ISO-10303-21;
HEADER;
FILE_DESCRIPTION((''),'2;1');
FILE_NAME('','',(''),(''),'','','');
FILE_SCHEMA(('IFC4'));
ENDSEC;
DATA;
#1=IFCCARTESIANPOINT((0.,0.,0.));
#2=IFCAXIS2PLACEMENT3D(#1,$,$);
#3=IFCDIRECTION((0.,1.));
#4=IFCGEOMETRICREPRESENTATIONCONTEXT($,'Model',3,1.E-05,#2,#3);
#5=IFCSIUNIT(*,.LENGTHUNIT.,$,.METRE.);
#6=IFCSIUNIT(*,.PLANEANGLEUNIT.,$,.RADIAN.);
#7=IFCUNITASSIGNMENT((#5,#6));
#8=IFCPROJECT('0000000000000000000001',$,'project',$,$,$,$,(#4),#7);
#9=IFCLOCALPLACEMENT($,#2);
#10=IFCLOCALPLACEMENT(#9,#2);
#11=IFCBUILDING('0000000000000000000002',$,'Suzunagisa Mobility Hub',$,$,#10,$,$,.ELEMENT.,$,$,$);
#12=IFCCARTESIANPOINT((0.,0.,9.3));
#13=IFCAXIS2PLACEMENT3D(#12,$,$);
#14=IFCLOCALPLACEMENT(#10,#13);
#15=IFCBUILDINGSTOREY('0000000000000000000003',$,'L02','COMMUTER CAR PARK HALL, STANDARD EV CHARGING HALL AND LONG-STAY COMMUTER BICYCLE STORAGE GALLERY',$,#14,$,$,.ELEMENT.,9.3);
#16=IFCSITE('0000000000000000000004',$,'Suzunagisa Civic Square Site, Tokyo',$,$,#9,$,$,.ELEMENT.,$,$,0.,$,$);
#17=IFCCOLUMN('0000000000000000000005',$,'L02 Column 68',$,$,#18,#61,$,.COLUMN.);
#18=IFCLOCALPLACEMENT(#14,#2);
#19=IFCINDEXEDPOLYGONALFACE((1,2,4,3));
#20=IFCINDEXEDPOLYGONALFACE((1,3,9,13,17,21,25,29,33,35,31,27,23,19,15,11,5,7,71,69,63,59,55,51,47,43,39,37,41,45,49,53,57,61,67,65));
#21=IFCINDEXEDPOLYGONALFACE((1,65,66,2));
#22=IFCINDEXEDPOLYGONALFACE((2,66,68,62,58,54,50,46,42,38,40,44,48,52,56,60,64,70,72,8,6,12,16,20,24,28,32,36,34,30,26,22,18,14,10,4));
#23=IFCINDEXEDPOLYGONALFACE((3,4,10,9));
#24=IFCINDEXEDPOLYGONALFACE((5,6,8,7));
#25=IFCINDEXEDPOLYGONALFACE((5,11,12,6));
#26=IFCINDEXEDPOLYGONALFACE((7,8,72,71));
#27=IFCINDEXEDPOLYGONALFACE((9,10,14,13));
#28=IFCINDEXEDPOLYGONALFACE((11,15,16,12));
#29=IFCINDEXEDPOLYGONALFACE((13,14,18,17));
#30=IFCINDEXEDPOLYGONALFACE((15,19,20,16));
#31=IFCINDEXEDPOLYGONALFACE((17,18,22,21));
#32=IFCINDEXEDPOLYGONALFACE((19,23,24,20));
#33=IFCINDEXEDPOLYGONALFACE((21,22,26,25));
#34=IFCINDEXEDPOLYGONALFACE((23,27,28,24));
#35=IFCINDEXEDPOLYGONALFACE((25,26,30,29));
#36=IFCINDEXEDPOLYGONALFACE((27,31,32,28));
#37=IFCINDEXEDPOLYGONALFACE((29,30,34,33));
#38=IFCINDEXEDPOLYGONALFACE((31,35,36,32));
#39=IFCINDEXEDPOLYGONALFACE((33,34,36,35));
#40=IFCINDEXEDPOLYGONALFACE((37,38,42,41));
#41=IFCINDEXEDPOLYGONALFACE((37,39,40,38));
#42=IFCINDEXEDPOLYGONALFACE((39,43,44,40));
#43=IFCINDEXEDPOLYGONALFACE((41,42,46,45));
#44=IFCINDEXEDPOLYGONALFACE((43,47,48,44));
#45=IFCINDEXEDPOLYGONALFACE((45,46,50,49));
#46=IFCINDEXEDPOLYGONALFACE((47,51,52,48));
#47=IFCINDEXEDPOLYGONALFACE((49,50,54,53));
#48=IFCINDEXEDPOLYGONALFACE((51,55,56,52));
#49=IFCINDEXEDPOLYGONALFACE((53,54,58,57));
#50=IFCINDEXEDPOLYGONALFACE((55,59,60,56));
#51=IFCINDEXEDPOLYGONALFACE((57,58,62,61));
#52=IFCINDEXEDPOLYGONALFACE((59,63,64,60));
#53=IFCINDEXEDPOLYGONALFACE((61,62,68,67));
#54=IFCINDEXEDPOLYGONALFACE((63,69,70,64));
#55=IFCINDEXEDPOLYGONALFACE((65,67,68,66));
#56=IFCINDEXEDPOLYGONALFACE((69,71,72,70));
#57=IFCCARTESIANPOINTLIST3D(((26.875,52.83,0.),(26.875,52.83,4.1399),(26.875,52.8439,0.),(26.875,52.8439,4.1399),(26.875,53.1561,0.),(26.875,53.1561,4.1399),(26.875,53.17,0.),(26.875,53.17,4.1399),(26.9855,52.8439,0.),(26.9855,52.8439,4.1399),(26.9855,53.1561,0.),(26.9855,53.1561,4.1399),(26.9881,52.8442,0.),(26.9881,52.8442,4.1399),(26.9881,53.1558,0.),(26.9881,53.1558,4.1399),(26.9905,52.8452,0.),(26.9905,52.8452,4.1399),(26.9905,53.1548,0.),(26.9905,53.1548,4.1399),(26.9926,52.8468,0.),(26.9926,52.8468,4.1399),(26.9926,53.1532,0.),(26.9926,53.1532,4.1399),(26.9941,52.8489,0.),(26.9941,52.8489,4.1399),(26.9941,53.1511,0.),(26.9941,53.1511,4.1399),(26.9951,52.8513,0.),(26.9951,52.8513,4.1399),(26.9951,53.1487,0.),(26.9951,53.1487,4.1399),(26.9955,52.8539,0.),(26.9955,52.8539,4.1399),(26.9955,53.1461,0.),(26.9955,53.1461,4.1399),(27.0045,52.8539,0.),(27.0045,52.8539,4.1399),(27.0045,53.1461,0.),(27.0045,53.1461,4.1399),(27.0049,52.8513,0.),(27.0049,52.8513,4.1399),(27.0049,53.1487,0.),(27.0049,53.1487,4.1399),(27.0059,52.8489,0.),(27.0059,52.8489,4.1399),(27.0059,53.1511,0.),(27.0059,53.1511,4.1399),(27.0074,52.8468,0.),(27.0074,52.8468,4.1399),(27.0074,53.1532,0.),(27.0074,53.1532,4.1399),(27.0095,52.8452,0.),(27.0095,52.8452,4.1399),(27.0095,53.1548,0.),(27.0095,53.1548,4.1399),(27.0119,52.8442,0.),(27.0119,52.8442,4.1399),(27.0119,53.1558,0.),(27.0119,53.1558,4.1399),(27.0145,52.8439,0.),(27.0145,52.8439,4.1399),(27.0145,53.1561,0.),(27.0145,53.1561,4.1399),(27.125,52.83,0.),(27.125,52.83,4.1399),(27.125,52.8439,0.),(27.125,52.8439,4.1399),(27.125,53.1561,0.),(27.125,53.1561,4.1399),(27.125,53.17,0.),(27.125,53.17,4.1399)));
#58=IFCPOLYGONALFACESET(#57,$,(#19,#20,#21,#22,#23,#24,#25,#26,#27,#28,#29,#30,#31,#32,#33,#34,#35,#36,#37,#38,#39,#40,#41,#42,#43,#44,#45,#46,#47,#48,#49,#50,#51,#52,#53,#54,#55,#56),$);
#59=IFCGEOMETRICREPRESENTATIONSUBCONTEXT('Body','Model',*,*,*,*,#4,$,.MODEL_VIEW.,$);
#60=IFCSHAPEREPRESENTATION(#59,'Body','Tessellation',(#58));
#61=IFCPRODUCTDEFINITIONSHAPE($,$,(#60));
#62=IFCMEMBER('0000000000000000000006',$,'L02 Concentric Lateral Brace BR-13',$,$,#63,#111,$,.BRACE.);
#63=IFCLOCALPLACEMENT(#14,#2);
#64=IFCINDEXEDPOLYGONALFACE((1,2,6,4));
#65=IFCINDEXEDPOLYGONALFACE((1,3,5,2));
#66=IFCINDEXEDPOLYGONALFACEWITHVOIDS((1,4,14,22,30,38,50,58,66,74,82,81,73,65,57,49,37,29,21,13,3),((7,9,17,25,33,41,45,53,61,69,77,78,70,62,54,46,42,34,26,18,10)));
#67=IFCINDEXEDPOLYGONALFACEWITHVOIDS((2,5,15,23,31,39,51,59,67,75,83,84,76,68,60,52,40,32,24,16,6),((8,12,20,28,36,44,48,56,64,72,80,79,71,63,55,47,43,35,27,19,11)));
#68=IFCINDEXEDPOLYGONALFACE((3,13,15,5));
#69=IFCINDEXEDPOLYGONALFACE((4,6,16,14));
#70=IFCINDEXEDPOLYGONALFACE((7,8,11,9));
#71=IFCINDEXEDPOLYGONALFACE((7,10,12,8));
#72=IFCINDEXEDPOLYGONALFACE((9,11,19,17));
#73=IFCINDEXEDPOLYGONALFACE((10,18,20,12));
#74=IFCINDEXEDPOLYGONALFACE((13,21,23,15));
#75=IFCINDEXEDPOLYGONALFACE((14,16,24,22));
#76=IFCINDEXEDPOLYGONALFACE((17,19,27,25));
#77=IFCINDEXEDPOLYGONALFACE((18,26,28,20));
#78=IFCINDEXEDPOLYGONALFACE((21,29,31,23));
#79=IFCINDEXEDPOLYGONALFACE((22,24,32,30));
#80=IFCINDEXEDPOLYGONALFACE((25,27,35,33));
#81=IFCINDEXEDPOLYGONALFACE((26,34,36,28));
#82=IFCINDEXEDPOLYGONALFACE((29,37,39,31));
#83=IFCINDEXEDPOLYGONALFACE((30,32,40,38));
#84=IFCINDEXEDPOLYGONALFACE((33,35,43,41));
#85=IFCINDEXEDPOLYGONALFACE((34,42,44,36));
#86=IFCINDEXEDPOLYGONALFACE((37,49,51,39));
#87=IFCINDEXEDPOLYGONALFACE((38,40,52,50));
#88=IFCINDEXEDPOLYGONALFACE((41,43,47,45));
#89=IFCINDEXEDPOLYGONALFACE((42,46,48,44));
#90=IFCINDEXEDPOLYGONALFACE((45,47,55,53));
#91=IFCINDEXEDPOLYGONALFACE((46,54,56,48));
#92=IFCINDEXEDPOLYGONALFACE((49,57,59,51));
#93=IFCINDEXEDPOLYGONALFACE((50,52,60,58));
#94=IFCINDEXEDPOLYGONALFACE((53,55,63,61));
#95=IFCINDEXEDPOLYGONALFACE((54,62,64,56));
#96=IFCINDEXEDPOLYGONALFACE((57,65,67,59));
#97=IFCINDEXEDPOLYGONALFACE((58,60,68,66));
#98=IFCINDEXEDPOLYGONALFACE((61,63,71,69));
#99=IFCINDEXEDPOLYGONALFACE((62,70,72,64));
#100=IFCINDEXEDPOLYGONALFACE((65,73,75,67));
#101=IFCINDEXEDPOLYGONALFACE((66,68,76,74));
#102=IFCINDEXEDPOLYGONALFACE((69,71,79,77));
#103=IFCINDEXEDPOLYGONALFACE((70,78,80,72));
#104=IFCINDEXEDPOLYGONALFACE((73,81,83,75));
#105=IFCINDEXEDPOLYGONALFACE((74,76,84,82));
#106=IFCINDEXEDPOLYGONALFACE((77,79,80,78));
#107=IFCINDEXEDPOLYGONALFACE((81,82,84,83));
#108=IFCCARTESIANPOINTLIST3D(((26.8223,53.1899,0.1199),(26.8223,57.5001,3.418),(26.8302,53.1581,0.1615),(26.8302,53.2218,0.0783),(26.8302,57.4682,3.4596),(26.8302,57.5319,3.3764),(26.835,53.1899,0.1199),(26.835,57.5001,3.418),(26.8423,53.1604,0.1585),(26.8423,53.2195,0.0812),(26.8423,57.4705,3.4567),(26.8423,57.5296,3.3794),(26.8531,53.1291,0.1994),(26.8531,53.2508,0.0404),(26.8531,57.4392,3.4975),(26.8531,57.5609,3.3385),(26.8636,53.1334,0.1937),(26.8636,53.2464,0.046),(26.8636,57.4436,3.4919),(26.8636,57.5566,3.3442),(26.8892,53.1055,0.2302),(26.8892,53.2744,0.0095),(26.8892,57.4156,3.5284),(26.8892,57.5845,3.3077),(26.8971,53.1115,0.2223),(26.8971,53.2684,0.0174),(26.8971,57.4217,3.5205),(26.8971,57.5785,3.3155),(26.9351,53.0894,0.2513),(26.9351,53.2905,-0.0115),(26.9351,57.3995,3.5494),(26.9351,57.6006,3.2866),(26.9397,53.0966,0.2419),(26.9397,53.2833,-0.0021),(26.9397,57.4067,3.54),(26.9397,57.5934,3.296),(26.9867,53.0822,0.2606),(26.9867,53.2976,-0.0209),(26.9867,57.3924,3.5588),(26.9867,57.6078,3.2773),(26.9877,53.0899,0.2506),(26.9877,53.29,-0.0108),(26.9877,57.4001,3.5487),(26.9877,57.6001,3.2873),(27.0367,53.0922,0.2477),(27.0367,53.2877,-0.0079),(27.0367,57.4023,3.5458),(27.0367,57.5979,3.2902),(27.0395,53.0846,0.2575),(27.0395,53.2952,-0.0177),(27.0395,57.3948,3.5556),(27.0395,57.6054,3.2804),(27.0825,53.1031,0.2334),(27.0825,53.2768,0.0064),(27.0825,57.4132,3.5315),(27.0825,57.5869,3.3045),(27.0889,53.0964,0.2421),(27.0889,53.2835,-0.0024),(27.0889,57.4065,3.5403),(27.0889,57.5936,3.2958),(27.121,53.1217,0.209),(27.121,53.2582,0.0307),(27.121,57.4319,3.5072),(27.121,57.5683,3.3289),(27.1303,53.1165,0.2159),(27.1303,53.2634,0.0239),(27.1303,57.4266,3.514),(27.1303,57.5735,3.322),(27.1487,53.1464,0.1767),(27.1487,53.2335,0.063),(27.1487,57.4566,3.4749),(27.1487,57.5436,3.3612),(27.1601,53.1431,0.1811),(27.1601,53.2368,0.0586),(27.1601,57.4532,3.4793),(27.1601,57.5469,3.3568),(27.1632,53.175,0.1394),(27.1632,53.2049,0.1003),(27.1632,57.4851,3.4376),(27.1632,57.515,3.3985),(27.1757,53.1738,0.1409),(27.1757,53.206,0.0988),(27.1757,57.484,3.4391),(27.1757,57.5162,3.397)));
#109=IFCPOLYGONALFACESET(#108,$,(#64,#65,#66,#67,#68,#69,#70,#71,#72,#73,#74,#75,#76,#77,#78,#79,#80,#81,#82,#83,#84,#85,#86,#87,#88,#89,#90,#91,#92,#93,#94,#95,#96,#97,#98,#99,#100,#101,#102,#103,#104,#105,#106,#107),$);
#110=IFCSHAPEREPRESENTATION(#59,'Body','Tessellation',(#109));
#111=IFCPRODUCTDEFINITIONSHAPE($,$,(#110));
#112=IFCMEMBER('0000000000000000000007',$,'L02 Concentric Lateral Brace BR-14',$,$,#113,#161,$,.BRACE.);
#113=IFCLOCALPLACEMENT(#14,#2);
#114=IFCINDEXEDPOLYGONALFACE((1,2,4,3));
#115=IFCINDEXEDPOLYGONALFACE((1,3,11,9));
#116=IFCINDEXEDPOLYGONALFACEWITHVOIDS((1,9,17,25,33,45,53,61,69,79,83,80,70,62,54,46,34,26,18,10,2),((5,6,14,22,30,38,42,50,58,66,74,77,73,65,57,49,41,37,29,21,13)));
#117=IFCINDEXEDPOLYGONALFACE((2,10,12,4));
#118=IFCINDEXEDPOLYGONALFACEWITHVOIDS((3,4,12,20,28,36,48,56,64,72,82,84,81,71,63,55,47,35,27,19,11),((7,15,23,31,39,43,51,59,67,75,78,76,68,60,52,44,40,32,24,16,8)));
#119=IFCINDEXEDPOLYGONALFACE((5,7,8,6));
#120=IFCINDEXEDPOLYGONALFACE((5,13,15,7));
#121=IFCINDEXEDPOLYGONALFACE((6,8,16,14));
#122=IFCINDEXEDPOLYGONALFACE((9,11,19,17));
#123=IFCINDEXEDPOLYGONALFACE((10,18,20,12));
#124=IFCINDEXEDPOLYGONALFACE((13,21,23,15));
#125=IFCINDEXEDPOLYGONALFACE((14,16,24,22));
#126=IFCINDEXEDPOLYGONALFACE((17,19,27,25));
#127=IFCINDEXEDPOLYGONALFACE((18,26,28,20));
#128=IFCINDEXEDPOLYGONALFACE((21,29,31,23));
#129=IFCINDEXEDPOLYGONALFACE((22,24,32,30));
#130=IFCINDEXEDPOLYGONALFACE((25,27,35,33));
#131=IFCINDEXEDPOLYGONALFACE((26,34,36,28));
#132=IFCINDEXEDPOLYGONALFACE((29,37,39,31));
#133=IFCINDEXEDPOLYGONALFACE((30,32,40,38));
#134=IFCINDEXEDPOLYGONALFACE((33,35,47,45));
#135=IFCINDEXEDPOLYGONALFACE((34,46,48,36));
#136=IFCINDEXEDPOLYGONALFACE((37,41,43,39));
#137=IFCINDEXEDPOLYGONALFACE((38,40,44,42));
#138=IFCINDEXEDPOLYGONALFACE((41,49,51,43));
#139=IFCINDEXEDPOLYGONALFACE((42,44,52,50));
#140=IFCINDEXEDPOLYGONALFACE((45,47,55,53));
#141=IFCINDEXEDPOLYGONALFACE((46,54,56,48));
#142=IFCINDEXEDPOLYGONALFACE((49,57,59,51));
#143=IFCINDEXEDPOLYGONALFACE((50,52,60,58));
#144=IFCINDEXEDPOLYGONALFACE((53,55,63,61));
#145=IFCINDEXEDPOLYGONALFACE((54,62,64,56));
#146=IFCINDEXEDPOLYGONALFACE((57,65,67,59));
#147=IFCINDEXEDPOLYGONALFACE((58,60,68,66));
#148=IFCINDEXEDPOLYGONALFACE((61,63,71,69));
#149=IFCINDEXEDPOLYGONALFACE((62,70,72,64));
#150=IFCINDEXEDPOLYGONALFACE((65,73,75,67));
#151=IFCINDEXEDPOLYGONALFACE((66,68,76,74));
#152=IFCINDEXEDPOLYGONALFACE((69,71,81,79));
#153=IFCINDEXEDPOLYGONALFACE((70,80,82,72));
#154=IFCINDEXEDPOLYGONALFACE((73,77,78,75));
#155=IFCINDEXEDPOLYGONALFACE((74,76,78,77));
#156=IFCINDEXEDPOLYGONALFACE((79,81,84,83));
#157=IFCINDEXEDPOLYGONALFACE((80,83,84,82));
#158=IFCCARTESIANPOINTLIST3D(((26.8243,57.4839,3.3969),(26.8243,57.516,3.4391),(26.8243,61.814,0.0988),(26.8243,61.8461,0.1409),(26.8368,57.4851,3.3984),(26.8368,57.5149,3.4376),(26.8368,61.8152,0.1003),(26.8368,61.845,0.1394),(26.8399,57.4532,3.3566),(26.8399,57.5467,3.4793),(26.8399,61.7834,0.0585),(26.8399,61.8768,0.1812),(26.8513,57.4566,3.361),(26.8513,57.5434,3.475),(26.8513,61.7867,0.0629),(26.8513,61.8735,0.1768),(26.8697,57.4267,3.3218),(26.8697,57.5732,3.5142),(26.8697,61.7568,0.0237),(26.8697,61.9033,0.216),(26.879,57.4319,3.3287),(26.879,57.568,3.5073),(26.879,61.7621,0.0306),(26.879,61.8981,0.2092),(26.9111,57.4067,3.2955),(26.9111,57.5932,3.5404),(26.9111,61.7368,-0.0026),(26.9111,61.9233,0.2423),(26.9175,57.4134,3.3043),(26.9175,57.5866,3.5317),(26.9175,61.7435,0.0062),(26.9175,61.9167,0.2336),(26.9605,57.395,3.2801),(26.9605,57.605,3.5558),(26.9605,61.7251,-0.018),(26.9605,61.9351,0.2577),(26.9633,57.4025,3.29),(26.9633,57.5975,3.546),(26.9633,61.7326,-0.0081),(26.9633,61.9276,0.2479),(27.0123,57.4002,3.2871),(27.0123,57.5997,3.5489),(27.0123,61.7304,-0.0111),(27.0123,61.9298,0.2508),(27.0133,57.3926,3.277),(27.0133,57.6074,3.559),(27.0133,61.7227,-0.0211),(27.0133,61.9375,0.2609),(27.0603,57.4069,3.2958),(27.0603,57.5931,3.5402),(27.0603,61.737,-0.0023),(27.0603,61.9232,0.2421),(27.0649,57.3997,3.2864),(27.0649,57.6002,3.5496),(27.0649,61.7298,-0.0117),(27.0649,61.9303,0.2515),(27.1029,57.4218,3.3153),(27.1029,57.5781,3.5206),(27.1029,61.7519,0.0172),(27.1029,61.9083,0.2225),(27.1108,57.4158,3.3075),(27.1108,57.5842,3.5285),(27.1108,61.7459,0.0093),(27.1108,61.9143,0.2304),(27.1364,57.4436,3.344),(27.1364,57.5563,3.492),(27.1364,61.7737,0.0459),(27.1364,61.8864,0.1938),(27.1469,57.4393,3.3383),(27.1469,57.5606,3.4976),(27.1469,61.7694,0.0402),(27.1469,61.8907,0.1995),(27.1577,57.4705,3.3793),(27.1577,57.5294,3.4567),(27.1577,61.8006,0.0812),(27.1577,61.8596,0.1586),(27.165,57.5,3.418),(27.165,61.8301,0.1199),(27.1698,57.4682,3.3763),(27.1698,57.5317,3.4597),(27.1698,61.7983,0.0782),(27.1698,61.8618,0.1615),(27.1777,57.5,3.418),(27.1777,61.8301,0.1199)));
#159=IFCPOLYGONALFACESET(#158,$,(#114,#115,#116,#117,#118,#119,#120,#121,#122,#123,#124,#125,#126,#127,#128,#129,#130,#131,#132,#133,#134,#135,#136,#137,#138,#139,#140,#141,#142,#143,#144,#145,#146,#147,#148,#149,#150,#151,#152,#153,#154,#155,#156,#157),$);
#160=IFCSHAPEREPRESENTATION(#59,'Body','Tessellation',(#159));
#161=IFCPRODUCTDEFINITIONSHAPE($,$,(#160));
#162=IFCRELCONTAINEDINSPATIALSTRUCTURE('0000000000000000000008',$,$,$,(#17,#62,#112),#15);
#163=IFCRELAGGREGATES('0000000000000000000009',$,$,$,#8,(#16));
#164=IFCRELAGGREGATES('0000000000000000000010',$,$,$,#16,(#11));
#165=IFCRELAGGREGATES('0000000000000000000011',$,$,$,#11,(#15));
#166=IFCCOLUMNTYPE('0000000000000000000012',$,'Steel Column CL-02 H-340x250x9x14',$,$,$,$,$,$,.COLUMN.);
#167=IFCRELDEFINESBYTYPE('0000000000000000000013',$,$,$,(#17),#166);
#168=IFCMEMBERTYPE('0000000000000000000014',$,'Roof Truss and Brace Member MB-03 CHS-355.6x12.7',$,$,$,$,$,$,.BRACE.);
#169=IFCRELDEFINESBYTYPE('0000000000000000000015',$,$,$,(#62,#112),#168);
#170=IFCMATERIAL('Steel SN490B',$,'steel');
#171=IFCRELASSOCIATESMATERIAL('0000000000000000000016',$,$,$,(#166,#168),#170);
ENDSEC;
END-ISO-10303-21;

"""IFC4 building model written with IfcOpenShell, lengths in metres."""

from ifc_helpers import new_model, si_unit, direction, frame, origin, origin_2d, place, context, subcontext, project, spatial, hollow_circle, i_section, extrude, material, material_profile, profile_set, type_object, element, save


model = new_model("IFC4")

# Units and contexts
model_context = context("Model", 3, precision=1e-05, world=origin(), true_north=direction((0.0, 1.0)))
body_context = subcontext(model_context, "Body", "Model", "MODEL_VIEW")
ifc_project = project(units=[si_unit("LENGTHUNIT", "METRE"), si_unit("PLANEANGLEUNIT", "RADIAN")], contexts=[model_context])

# Site, building, storey
site_placement = place(None, origin())
site = spatial("IfcSite", under=ifc_project, at=site_placement, Name="Suzunagisa Civic Square Site, Tokyo", CompositionType="ELEMENT", RefElevation=0.0)
building_placement = place(site_placement, origin())
building = spatial("IfcBuilding", under=site, at=building_placement, Name="Suzunagisa Mobility Hub", CompositionType="ELEMENT")
storey_placement = place(building_placement, frame((0.0, 0.0, 9.3)))
storey = spatial("IfcBuildingStorey", under=building, at=storey_placement, Name="L02", Description="COMMUTER CAR PARK HALL, STANDARD EV CHARGING HALL AND LONG-STAY COMMUTER BICYCLE STORAGE GALLERY", CompositionType="ELEMENT", Elevation=9.3)

# Column
ifc_material_1 = material(Name="Steel SN490B", Category="steel")
ifc_material_profile_1 = material_profile(ifc_material_1, i_section(OverallWidth=0.25, OverallDepth=0.3401, WebThickness=0.009, FlangeThickness=0.0139, FilletRadius=0.01, at=origin_2d()), Name="H-340x250x9x14")
ifc_profile_set_1 = profile_set([ifc_material_profile_1], Name="Steel SN490B")
column_type = type_object("IfcColumnType", Name="Steel Column CL-02 H-340x250x9x14", PredefinedType="COLUMN", material=ifc_profile_set_1)
column_placement = place(storey_placement, frame((27.0, 53.0, 0.0), z_axis=(0.0, 0.0, 1.0), x_axis=(1.0, 0.0, 0.0)))
element("IfcColumn", 1, at=column_placement, inside=storey, type_object=column_type, Name="L02 Column 68", PredefinedType="COLUMN", context=body_context, shape_type="SweptSolid", body=[
    extrude(i_section(OverallWidth=0.25, OverallDepth=0.3401, WebThickness=0.009, FlangeThickness=0.0139, FilletRadius=0.01, at=origin_2d()), origin(), (0.0, 0.0, 1.0), 4.1399),
])

# Members
ifc_material_profile_2 = material_profile(ifc_material_1, hollow_circle(Radius=0.1777, WallThickness=0.0127, at=origin_2d()), Name="CHS-355.6x12.7")
ifc_profile_set_2 = profile_set([ifc_material_profile_2], Name="Steel SN490B")
member_type = type_object("IfcMemberType", Name="Roof Truss and Brace Member MB-03 CHS-355.6x12.7", PredefinedType="BRACE", material=ifc_profile_set_2)
member_1_placement = place(storey_placement, frame((27.0, 53.1899, 0.1199), z_axis=(0.0, 0.794165, 0.607702), x_axis=(-1.0, 0.0, 0.0)))
element("IfcMember", 2, at=member_1_placement, inside=storey, type_object=member_type, Name="L02 Concentric Lateral Brace BR-13", PredefinedType="BRACE", context=body_context, shape_type="SweptSolid", body=[
    extrude(hollow_circle(Radius=0.1777, WallThickness=0.0127, at=origin_2d()), origin(), (0.0, 0.0, 1.0), 5.4272),
])
member_2_placement = place(storey_placement, frame((27.0, 61.8301, 0.1199), z_axis=(0.0, -0.795521, 0.605926), x_axis=(1.0, 0.0, 0.0)))
element("IfcMember", 3, at=member_2_placement, inside=storey, type_object=member_type, Name="L02 Concentric Lateral Brace BR-14", PredefinedType="BRACE", context=body_context, shape_type="SweptSolid", body=[
    extrude(hollow_circle(Radius=0.1777, WallThickness=0.0127, at=origin_2d()), origin(), (0.0, 0.0, 1.0), 5.4431),
])

save(model, "model.ifc")
